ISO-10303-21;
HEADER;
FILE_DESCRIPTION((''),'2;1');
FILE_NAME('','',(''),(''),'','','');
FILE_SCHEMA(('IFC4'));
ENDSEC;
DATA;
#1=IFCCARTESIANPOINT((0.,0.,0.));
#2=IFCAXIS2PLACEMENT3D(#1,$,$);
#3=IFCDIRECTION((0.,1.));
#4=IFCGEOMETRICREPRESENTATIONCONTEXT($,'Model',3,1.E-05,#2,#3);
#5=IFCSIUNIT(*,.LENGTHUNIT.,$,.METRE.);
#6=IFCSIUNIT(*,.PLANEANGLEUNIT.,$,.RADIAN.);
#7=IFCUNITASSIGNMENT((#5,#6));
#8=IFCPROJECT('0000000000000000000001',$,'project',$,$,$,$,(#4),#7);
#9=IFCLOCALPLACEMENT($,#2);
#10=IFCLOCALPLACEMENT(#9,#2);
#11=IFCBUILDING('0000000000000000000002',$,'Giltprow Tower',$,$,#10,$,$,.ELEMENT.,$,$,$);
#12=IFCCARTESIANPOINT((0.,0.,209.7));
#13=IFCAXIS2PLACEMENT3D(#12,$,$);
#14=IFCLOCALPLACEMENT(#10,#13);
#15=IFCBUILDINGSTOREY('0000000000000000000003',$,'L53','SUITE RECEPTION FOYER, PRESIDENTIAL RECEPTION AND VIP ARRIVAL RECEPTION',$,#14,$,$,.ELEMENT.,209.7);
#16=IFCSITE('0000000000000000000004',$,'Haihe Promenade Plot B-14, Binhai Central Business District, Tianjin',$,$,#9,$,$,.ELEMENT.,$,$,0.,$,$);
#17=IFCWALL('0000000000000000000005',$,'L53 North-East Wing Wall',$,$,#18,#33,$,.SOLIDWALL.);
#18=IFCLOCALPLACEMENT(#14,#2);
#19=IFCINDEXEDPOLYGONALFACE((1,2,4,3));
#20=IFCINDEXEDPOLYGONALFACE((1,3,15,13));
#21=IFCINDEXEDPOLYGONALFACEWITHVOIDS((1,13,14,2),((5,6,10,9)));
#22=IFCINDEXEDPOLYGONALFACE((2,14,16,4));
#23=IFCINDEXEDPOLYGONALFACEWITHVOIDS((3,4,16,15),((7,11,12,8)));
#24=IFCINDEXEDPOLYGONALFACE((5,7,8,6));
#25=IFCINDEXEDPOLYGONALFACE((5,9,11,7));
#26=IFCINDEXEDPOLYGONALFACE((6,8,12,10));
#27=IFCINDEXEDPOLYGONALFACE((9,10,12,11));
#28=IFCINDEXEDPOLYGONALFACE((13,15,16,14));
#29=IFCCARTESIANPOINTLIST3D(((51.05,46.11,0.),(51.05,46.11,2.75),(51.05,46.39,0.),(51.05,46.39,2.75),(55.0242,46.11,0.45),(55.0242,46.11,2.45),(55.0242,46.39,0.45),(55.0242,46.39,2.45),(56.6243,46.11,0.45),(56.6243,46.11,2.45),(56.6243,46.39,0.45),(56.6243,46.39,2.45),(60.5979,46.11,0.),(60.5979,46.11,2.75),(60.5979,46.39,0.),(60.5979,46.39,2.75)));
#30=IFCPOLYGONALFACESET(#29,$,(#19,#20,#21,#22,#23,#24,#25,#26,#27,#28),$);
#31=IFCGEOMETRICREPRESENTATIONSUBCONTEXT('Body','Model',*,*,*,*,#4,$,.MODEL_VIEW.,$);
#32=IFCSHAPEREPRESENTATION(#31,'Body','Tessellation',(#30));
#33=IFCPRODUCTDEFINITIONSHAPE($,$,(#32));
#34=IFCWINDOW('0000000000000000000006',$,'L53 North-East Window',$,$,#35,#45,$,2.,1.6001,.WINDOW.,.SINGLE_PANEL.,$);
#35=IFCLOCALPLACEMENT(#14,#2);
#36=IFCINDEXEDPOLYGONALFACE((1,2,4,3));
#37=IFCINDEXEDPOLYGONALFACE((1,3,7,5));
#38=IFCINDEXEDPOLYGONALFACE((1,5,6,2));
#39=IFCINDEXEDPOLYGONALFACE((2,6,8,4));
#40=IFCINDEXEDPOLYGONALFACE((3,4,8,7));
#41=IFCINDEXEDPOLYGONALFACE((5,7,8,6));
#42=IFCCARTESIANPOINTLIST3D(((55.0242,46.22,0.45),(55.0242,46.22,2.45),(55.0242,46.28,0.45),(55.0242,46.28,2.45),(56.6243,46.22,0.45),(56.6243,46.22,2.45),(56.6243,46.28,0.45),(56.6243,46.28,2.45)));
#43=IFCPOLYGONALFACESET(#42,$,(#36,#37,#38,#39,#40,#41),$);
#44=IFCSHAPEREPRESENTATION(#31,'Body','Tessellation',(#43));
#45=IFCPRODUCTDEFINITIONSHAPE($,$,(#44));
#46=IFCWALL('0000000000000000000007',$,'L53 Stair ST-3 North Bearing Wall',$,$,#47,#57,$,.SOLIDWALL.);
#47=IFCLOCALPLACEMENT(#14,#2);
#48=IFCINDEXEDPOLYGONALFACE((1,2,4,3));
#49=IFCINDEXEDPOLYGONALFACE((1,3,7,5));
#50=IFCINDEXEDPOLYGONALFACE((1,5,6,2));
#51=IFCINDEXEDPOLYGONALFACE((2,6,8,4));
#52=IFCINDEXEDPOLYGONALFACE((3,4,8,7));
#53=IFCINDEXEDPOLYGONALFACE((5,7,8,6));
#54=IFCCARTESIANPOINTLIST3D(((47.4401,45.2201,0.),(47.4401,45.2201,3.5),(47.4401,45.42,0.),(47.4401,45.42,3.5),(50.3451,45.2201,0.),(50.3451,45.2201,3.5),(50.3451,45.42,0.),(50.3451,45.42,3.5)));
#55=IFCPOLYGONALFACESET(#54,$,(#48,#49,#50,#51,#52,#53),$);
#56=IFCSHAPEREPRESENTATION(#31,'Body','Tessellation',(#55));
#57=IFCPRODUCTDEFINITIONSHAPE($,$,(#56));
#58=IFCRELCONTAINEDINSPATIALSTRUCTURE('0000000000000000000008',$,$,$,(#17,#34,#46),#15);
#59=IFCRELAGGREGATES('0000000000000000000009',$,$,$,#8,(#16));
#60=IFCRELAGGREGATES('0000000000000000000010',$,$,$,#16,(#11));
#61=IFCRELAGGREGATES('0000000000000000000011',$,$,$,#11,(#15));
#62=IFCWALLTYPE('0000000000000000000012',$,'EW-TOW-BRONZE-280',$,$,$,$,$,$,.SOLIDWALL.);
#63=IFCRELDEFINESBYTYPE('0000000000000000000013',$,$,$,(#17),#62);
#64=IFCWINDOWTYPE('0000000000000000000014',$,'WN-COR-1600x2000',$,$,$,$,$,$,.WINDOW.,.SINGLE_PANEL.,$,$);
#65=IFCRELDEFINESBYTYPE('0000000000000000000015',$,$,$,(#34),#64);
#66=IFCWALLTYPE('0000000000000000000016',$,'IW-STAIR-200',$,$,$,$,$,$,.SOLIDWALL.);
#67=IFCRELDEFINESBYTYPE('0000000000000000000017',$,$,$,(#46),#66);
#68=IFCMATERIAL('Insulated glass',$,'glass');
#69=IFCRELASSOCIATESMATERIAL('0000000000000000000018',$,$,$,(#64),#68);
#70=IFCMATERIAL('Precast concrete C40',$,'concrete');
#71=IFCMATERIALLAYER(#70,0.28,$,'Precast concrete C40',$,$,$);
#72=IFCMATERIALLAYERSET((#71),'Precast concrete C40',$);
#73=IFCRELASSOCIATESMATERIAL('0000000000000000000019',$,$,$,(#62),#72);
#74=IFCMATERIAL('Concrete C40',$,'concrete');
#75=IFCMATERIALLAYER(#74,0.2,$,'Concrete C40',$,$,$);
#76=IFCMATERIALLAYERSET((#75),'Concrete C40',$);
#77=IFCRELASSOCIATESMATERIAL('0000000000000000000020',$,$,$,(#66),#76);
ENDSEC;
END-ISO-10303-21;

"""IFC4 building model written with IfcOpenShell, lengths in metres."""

from ifc_helpers import new_model, si_unit, direction, frame, frame_2d, origin, place, context, subcontext, project, spatial, rectangle, extrude, source, transform, mapped, material, layer, layer_set, type_object, element, fill, save


model = new_model("IFC4")

# Units and contexts
model_context = context("Model", 3, precision=1e-05, world=origin(), true_north=direction((0.0, 1.0)))
body_context = subcontext(model_context, "Body", "Model", "MODEL_VIEW")
ifc_project = project(units=[si_unit("LENGTHUNIT", "METRE"), si_unit("PLANEANGLEUNIT", "RADIAN")], contexts=[model_context])

# Site, building, storey
site_placement = place(None, origin())
site = spatial("IfcSite", under=ifc_project, at=site_placement, Name="Haihe Promenade Plot B-14, Binhai Central Business District, Tianjin", CompositionType="ELEMENT", RefElevation=0.0)
building_placement = place(site_placement, origin())
building = spatial("IfcBuilding", under=site, at=building_placement, Name="Giltprow Tower", CompositionType="ELEMENT")
storey_placement = place(building_placement, frame((0.0, 0.0, 209.7)))
storey = spatial("IfcBuildingStorey", under=building, at=storey_placement, Name="L53", Description="SUITE RECEPTION FOYER, PRESIDENTIAL RECEPTION AND VIP ARRIVAL RECEPTION", CompositionType="ELEMENT", Elevation=209.7)

# Wall, opening, window
ifc_material_1 = material(Name="Precast concrete C40", Category="concrete")
ifc_material_2 = material(Name="Insulated glass", Category="glass")
window_type = type_object("IfcWindowType", Name="WN-COR-1600x2000", PartitioningType="SINGLE_PANEL", PredefinedType="WINDOW", material=ifc_material_2)
shared_shape_1 = source(origin(), body_context, "Body", "SweptSolid", [
    extrude(rectangle(XDim=1.6001, YDim=2.0, at=frame_2d((0.8, 1.0))), frame((0.0, 0.03, 0.0), z_axis=(0.0, -1.0, 0.0), x_axis=(1.0, 0.0, 0.0)), (0.0, 0.0, 1.0), 0.0601),
])
ifc_layer_1 = layer(ifc_material_1, 0.28, Name="Precast concrete C40")
ifc_layer_set_1 = layer_set([ifc_layer_1], Name="Precast concrete C40")
wall_type_1 = type_object("IfcWallType", Name="EW-TOW-BRONZE-280", PredefinedType="SOLIDWALL", material=ifc_layer_set_1)
wall_1_placement = place(storey_placement, frame((51.05, 46.25, 0.0), z_axis=(0.0, 0.0, 1.0), x_axis=(1.0, 0.0, 0.0)))
wall_1 = element("IfcWall", 1, at=wall_1_placement, inside=storey, type_object=wall_type_1, Name="L53 North-East Wing Wall", PredefinedType="SOLIDWALL", context=body_context, shape_type="SweptSolid", body=[
    extrude(rectangle(XDim=9.5479, YDim=0.28, at=frame_2d((4.7739, 0.0))), origin(), (0.0, 0.0, 1.0), 2.75),
])
opening_1_placement = place(wall_1_placement, frame((3.9741, 0.0, 0.45)))
opening_1 = element("IfcOpeningElement", 2, at=opening_1_placement, cuts=wall_1, PredefinedType="OPENING", context=body_context, shape_type="SweptSolid", body=[
    extrude(rectangle(XDim=1.6001, YDim=2.0, at=frame_2d((0.8, 1.0))), frame((0.0, 0.1499, 0.0), z_axis=(0.0, -1.0, 0.0), x_axis=(1.0, 0.0, 0.0)), (0.0, 0.0, 1.0), 0.3),
])
window_1_placement = place(opening_1_placement, origin())
window_1 = element("IfcWindow", 3, at=window_1_placement, inside=storey, type_object=window_type, Name="L53 North-East Window", OverallHeight=2.0, OverallWidth=1.6001, PartitioningType="SINGLE_PANEL", PredefinedType="WINDOW", context=body_context, shape_type="MappedRepresentation", body=[
    mapped(shared_shape_1, transform((0.0, 0.0, 0.0), x_axis=(1.0, 0.0, 0.0), y_axis=(0.0, 1.0, 0.0), z_axis=(0.0, 0.0, 1.0), scale=1.0)),
])
fill(opening_1, window_1)

# Wall
ifc_material_3 = material(Name="Concrete C40", Category="concrete")
ifc_layer_2 = layer(ifc_material_3, 0.2, Name="Concrete C40")
ifc_layer_set_2 = layer_set([ifc_layer_2], Name="Concrete C40")
wall_type_2 = type_object("IfcWallType", Name="IW-STAIR-200", PredefinedType="SOLIDWALL", material=ifc_layer_set_2)
wall_2_placement = place(storey_placement, frame((47.4399, 45.3201, 0.0), z_axis=(0.0, 0.0, 1.0), x_axis=(1.0, 0.0, 0.0)))
element("IfcWall", 4, at=wall_2_placement, inside=storey, type_object=wall_type_2, Name="L53 Stair ST-3 North Bearing Wall", PredefinedType="SOLIDWALL", context=body_context, shape_type="SweptSolid", body=[
    extrude(rectangle(XDim=2.905, YDim=0.2, at=frame_2d((1.4526, 0.0))), origin(), (0.0, 0.0, 1.0), 3.5),
])

save(model, "model.ifc")
